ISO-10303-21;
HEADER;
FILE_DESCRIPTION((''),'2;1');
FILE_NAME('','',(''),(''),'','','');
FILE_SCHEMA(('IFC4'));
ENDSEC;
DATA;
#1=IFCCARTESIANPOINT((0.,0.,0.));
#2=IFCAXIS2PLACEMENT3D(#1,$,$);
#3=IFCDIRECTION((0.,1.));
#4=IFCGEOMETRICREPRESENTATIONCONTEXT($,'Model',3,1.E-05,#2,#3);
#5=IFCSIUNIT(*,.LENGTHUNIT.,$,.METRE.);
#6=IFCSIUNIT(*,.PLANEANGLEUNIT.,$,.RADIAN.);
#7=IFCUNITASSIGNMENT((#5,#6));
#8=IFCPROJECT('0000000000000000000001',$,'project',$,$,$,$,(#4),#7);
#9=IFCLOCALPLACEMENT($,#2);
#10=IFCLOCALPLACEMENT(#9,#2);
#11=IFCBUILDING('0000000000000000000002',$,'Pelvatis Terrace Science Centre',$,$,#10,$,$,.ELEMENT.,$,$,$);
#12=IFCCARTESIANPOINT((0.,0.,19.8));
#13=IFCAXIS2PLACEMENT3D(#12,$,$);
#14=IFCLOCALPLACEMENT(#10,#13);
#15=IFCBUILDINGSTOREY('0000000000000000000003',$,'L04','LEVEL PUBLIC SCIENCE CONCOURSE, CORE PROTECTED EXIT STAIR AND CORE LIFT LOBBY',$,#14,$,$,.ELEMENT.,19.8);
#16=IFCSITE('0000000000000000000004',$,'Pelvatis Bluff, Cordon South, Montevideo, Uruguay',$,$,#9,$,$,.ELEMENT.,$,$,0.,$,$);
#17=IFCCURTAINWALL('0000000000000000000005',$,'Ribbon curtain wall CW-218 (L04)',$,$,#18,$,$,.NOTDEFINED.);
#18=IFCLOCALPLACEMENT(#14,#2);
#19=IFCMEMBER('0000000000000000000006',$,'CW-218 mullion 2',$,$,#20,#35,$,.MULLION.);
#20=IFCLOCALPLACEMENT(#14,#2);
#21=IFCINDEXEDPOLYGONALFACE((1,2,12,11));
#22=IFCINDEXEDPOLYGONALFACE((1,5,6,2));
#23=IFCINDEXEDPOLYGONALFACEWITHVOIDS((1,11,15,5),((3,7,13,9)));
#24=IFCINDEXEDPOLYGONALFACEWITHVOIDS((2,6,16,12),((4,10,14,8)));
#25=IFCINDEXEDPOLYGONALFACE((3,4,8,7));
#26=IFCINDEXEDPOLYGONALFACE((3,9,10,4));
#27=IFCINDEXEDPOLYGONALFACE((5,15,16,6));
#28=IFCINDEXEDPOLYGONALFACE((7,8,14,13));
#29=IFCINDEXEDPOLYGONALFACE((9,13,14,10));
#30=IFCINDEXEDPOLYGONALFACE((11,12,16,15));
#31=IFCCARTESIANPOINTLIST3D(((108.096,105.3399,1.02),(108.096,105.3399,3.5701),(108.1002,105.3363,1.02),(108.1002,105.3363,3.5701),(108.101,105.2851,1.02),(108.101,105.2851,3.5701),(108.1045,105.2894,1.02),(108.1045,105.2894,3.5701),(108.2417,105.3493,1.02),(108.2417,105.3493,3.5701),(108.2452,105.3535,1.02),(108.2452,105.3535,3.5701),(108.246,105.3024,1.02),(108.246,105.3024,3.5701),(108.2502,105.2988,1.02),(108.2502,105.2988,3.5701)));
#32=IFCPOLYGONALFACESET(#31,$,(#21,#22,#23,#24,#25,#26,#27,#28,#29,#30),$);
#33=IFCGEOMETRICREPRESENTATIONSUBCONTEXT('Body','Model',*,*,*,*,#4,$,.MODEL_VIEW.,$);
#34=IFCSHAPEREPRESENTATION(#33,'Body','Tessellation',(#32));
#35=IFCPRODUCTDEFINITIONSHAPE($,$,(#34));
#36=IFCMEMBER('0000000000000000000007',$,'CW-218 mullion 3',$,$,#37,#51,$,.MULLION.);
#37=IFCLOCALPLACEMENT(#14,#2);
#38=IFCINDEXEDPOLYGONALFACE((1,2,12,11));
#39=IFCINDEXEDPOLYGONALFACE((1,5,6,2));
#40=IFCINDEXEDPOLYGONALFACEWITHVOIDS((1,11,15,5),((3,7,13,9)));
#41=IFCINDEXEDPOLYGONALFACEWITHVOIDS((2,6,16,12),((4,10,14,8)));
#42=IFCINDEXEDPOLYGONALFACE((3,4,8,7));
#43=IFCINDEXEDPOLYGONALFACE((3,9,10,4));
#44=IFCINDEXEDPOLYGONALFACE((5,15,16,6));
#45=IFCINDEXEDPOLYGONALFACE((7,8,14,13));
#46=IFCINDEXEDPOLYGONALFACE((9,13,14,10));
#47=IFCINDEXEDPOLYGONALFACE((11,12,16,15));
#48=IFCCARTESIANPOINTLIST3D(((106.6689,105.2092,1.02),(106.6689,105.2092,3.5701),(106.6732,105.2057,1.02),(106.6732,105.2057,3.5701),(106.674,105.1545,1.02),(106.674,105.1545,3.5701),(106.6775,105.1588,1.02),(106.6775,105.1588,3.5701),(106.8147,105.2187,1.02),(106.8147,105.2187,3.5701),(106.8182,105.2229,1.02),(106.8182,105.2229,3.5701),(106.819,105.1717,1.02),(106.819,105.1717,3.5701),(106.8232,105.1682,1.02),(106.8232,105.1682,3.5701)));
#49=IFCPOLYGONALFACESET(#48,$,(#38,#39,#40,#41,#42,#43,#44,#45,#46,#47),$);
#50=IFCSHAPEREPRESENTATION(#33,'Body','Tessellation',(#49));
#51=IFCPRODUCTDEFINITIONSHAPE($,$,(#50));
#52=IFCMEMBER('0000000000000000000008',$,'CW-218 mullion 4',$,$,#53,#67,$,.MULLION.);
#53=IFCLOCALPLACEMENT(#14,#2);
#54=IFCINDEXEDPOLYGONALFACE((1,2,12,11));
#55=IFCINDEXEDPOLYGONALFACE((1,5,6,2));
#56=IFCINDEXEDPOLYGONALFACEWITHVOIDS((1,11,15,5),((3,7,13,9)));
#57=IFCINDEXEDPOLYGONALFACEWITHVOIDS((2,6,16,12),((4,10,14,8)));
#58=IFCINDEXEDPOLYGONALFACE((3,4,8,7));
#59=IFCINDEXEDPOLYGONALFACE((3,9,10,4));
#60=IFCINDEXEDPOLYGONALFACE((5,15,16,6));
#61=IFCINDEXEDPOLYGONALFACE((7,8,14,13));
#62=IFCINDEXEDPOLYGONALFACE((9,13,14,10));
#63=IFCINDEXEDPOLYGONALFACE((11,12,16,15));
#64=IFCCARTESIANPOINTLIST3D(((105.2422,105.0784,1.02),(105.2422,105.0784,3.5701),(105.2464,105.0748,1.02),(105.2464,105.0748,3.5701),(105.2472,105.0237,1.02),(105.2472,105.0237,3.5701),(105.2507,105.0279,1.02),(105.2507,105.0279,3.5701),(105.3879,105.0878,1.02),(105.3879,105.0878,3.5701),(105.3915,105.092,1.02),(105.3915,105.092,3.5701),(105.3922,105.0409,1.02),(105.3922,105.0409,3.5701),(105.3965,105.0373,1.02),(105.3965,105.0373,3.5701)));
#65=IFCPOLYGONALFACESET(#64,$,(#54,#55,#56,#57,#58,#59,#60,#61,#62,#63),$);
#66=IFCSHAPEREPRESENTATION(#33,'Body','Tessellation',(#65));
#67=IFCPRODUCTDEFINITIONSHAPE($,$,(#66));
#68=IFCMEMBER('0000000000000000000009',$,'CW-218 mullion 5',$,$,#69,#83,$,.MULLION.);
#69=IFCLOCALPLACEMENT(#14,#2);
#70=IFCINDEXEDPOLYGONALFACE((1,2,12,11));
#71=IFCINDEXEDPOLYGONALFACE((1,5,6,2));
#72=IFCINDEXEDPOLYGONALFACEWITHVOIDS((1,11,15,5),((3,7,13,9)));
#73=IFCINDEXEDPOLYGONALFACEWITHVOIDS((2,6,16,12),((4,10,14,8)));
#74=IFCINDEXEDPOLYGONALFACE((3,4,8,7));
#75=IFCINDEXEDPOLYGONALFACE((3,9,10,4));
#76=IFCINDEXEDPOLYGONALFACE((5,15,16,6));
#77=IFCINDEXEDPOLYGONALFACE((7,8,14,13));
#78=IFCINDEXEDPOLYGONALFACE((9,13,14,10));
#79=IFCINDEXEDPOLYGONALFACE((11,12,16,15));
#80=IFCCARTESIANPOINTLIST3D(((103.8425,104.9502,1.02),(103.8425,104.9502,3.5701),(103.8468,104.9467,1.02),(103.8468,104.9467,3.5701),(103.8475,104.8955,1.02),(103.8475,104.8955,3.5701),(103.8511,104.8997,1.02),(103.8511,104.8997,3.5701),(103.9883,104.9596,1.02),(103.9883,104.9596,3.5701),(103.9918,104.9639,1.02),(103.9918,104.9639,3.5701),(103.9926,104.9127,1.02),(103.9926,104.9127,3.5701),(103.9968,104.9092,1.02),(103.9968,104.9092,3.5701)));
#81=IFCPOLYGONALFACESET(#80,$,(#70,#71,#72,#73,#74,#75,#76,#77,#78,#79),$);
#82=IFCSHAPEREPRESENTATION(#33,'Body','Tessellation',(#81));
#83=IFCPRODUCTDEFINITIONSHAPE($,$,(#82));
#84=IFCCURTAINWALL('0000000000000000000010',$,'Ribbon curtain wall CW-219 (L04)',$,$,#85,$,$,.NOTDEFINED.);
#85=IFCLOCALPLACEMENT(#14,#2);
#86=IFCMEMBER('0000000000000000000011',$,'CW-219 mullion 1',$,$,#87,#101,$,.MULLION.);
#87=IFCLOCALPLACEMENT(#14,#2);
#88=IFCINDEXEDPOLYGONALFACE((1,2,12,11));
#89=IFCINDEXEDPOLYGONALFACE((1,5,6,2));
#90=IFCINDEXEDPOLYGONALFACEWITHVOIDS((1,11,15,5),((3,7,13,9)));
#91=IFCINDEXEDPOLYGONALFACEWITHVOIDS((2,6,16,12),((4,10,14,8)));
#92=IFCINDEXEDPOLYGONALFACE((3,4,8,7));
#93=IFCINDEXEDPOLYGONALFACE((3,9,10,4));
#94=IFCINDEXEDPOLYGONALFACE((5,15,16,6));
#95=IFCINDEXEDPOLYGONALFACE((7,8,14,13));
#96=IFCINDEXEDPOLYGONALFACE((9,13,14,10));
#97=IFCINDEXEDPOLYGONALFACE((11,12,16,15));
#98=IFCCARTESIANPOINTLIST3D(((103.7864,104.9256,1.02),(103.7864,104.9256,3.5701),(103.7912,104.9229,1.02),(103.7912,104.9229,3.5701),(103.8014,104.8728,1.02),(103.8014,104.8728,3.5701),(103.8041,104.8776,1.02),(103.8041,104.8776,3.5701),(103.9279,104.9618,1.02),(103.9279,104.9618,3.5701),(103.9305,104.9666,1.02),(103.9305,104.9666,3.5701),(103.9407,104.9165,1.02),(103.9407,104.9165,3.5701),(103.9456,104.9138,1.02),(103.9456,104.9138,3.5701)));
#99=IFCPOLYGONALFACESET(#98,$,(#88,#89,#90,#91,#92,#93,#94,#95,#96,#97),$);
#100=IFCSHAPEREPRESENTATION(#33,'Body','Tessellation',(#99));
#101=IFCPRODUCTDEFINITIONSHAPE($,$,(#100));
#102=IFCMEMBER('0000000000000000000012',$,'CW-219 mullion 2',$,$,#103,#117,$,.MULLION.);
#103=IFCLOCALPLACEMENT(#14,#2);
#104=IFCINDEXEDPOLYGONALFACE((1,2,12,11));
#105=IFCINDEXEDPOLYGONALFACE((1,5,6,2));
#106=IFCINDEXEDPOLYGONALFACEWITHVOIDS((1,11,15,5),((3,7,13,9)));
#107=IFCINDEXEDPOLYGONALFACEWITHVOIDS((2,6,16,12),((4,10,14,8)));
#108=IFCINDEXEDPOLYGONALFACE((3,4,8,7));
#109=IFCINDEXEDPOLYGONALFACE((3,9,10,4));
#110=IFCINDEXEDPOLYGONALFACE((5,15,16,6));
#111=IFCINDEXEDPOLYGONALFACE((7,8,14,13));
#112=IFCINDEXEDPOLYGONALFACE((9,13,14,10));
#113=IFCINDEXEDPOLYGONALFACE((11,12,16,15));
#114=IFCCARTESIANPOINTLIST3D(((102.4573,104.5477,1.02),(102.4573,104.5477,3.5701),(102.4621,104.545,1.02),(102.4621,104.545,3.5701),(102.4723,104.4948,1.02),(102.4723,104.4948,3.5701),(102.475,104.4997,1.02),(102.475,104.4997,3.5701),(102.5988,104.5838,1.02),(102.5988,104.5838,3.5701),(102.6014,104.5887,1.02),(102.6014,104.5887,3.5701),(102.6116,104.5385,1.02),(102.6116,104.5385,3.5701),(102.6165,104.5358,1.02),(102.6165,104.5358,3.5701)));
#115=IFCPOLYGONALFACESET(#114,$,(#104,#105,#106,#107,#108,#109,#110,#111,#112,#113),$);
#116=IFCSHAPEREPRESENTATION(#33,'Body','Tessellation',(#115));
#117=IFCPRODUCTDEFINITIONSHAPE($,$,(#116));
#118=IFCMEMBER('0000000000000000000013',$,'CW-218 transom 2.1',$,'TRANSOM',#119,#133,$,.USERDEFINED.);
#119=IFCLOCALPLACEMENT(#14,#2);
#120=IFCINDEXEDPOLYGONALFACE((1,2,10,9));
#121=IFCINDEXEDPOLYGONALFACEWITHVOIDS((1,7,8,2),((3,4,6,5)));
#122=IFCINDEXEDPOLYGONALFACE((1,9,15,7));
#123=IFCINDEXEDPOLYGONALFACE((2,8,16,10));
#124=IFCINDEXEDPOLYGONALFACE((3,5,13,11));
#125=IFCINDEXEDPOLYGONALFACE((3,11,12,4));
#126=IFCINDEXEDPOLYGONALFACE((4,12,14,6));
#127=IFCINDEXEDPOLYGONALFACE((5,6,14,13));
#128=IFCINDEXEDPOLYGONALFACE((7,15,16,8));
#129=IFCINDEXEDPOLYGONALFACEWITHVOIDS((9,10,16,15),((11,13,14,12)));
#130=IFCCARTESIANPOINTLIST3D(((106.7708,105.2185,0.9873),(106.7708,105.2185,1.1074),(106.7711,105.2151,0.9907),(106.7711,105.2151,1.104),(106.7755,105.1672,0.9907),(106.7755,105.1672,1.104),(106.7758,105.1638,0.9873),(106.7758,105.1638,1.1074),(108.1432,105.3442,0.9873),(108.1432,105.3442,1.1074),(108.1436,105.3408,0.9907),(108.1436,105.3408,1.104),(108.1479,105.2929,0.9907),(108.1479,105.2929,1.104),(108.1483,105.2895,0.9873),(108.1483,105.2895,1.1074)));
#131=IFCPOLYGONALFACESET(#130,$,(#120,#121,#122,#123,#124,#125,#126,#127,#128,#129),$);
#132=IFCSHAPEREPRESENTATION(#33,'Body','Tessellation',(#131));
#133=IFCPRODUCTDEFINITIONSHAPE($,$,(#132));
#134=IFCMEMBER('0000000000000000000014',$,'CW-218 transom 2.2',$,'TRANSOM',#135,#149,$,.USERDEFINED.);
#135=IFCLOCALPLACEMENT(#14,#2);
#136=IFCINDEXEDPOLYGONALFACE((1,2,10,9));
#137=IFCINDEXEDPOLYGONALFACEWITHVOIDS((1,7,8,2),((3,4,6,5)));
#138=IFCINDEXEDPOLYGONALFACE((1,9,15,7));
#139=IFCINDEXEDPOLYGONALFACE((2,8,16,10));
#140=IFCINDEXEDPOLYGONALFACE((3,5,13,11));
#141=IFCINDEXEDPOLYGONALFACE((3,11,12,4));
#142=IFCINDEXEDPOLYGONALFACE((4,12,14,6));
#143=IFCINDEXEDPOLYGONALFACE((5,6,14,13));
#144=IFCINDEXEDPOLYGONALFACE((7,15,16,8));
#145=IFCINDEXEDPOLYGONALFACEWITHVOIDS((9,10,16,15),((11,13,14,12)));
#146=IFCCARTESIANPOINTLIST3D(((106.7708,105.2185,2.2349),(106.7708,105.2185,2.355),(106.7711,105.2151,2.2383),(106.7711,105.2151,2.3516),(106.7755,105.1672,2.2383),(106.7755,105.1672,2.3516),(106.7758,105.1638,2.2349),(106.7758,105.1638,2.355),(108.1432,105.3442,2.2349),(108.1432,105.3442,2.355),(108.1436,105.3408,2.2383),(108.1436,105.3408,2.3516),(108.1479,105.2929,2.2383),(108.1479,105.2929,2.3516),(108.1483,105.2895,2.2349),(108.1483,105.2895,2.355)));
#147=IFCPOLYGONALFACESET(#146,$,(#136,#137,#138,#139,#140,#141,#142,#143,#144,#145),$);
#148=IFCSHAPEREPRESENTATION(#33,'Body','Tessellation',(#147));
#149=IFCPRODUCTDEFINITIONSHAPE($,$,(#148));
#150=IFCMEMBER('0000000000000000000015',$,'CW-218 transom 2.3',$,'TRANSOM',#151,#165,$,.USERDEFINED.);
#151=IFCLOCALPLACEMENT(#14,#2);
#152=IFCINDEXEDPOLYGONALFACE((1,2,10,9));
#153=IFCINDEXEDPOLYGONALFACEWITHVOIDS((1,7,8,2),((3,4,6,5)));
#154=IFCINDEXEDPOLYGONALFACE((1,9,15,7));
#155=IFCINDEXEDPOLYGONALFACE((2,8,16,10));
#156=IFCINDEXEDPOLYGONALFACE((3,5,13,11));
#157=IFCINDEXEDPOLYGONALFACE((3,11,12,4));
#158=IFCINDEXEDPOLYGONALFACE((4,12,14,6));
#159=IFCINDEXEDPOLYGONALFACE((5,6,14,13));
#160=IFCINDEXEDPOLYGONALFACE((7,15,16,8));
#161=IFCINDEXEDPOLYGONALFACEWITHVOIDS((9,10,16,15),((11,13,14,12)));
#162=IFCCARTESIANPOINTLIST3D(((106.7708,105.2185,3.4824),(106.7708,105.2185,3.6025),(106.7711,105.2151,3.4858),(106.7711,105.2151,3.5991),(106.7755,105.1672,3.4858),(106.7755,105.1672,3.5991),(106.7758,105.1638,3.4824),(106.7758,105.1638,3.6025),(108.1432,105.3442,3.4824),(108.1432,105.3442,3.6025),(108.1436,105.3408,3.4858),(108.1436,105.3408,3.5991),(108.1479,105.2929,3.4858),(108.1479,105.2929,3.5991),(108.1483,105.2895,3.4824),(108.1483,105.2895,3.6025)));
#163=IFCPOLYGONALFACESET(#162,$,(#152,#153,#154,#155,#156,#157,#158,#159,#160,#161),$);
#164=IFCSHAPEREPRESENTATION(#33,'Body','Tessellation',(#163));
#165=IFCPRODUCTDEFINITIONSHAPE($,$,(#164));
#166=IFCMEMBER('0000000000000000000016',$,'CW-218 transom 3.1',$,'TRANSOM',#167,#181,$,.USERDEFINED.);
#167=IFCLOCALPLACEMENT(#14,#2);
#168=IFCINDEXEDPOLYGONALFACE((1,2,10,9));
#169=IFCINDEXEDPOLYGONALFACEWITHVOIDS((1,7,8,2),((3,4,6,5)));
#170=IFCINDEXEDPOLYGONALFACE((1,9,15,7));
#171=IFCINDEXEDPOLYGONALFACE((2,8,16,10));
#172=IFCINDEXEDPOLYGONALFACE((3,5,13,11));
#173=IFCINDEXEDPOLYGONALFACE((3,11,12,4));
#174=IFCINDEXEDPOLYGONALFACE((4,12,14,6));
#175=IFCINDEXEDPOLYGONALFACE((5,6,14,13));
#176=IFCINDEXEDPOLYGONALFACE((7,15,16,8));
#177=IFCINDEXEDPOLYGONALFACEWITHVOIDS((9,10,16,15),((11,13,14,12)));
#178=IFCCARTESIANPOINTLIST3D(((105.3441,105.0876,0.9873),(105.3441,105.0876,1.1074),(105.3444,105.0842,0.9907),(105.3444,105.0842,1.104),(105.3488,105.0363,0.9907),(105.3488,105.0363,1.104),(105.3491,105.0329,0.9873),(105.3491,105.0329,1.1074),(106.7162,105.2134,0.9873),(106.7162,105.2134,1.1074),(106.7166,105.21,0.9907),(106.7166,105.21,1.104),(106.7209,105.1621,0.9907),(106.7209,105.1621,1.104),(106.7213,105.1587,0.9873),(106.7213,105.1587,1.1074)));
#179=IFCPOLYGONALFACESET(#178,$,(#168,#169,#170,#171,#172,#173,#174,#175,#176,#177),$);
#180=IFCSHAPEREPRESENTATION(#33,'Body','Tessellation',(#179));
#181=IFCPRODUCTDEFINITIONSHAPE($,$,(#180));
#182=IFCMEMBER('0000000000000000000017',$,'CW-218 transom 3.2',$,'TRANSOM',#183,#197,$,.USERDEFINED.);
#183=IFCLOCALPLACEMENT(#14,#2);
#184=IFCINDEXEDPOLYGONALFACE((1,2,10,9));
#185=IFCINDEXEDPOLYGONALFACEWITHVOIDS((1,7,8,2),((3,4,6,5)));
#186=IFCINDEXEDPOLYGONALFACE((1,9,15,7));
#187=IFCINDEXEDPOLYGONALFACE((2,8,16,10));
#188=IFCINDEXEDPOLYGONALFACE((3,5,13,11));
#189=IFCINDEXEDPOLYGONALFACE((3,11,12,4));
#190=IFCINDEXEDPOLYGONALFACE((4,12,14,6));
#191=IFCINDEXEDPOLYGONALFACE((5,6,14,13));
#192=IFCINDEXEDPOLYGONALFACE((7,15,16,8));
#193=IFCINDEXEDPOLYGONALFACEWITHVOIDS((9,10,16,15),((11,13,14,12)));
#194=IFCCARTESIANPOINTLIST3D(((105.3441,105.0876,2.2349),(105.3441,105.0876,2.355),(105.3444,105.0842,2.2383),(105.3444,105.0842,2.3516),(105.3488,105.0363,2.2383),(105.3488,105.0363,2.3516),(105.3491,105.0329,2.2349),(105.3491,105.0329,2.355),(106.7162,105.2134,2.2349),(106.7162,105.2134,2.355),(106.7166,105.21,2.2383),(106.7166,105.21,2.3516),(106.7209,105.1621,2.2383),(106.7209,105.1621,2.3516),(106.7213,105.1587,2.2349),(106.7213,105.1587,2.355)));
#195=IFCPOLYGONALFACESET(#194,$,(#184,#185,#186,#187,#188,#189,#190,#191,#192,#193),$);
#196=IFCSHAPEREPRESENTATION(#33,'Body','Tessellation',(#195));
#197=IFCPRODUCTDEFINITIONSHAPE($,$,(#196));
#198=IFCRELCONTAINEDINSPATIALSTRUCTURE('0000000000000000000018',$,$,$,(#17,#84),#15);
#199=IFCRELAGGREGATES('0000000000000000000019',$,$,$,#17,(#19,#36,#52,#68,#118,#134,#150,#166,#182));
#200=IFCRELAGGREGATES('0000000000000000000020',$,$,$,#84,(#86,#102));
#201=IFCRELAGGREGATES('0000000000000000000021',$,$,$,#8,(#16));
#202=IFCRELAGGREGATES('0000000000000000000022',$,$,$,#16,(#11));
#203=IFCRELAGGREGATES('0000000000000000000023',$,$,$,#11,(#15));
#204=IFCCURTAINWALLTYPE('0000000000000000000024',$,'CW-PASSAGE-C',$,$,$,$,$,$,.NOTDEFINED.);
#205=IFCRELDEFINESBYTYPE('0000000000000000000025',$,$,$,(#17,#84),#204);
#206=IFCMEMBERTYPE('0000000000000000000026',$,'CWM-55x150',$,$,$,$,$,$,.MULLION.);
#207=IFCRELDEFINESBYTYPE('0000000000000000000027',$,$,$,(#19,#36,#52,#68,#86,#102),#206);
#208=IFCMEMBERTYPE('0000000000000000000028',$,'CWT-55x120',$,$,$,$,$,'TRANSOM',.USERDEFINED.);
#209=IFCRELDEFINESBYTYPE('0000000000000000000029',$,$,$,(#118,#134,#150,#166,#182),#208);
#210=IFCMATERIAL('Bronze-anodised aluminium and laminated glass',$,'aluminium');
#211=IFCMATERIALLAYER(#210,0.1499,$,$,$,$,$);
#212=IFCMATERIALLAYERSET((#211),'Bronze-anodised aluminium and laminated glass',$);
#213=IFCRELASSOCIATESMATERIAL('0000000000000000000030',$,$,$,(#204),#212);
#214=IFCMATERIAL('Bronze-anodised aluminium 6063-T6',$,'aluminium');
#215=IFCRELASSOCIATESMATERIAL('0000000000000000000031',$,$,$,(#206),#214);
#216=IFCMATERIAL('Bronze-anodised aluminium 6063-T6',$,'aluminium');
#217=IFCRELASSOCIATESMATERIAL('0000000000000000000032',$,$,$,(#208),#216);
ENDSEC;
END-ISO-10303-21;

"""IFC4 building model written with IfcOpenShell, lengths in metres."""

from ifc_helpers import new_model, si_unit, direction, frame, origin, origin_2d, place, context, subcontext, project, spatial, hollow_rectangle, extrude, material, layer, layer_set, material_profile, profile_set, type_object, element, aggregate, save


model = new_model("IFC4")

# Units and contexts
model_context = context("Model", 3, precision=1e-05, world=origin(), true_north=direction((0.0, 1.0)))
body_context = subcontext(model_context, "Body", "Model", "MODEL_VIEW")
ifc_project = project(units=[si_unit("LENGTHUNIT", "METRE"), si_unit("PLANEANGLEUNIT", "RADIAN")], contexts=[model_context])

# Site, building, storey
site_placement = place(None, origin())
site = spatial("IfcSite", under=ifc_project, at=site_placement, Name="Pelvatis Bluff, Cordon South, Montevideo, Uruguay", CompositionType="ELEMENT", RefElevation=0.0)
building_placement = place(site_placement, origin())
building = spatial("IfcBuilding", under=site, at=building_placement, Name="Pelvatis Terrace Science Centre", CompositionType="ELEMENT")
storey_placement = place(building_placement, frame((0.0, 0.0, 19.8)))
storey = spatial("IfcBuildingStorey", under=building, at=storey_placement, Name="L04", Description="LEVEL PUBLIC SCIENCE CONCOURSE, CORE PROTECTED EXIT STAIR AND CORE LIFT LOBBY", CompositionType="ELEMENT", Elevation=19.8)

# Curtain walls, members
ifc_material_1 = material(Name="Bronze-anodised aluminium and laminated glass", Category="aluminium")
ifc_layer_1 = layer(ifc_material_1, 0.1499)
ifc_layer_set_1 = layer_set([ifc_layer_1], Name="Bronze-anodised aluminium and laminated glass")
curtain_wall_type = type_object("IfcCurtainWallType", Name="CW-PASSAGE-C", PredefinedType="NOTDEFINED", material=ifc_layer_set_1)
curtain_wall_1_placement = place(storey_placement, origin())
curtain_wall_1 = element("IfcCurtainWall", 1, at=curtain_wall_1_placement, inside=storey, type_object=curtain_wall_type, Name="Ribbon curtain wall CW-218 (L04)", PredefinedType="NOTDEFINED")
ifc_material_2 = material(Name="Bronze-anodised aluminium 6063-T6", Category="aluminium")
ifc_material_profile_1 = material_profile(ifc_material_2, hollow_rectangle(XDim=0.0549, YDim=0.1499, WallThickness=0.0039, at=origin_2d()), Name="ALU-MUL 55x150")
ifc_profile_set_1 = profile_set([ifc_material_profile_1], Name="Bronze-anodised aluminium 6063-T6")
member_type_1 = type_object("IfcMemberType", Name="CWM-55x150", PredefinedType="MULLION", material=ifc_profile_set_1)
member_1_placement = place(storey_placement, frame((108.1731, 105.3193, 1.02), z_axis=(0.0, 0.0, 1.0), x_axis=(0.091214, -0.995831, 0.0)))
member_1 = element("IfcMember", 2, at=member_1_placement, type_object=member_type_1, Name="CW-218 mullion 2", PredefinedType="MULLION", context=body_context, shape_type="SweptSolid", body=[
    extrude(hollow_rectangle(XDim=0.0549, YDim=0.1499, WallThickness=0.0039, at=origin_2d()), origin(), (0.0, 0.0, 1.0), 2.55),
])
member_2_placement = place(storey_placement, frame((106.7461, 105.1887, 1.02), z_axis=(0.0, 0.0, 1.0), x_axis=(0.091214, -0.995831, 0.0)))
member_2 = element("IfcMember", 3, at=member_2_placement, type_object=member_type_1, Name="CW-218 mullion 3", PredefinedType="MULLION", context=body_context, shape_type="SweptSolid", body=[
    extrude(hollow_rectangle(XDim=0.0549, YDim=0.1499, WallThickness=0.0039, at=origin_2d()), origin(), (0.0, 0.0, 1.0), 2.55),
])
member_3_placement = place(storey_placement, frame((105.3193, 105.0579, 1.02), z_axis=(0.0, 0.0, 1.0), x_axis=(0.091214, -0.995831, 0.0)))
member_3 = element("IfcMember", 4, at=member_3_placement, type_object=member_type_1, Name="CW-218 mullion 4", PredefinedType="MULLION", context=body_context, shape_type="SweptSolid", body=[
    extrude(hollow_rectangle(XDim=0.0549, YDim=0.1499, WallThickness=0.0039, at=origin_2d()), origin(), (0.0, 0.0, 1.0), 2.55),
])
member_4_placement = place(storey_placement, frame((103.9197, 104.9297, 1.02), z_axis=(0.0, 0.0, 1.0), x_axis=(0.091214, -0.995831, 0.0)))
member_4 = element("IfcMember", 5, at=member_4_placement, type_object=member_type_1, Name="CW-218 mullion 5", PredefinedType="MULLION", context=body_context, shape_type="SweptSolid", body=[
    extrude(hollow_rectangle(XDim=0.0549, YDim=0.1499, WallThickness=0.0039, at=origin_2d()), origin(), (0.0, 0.0, 1.0), 2.55),
])
curtain_wall_2_placement = place(storey_placement, origin())
curtain_wall_2 = element("IfcCurtainWall", 6, at=curtain_wall_2_placement, inside=storey, type_object=curtain_wall_type, Name="Ribbon curtain wall CW-219 (L04)", PredefinedType="NOTDEFINED")
member_5_placement = place(storey_placement, frame((103.866, 104.9197, 1.02), z_axis=(0.0, 0.0, 1.0), x_axis=(0.273577, -0.96185, 0.0)))
member_5 = element("IfcMember", 7, at=member_5_placement, type_object=member_type_1, Name="CW-219 mullion 1", PredefinedType="MULLION", context=body_context, shape_type="SweptSolid", body=[
    extrude(hollow_rectangle(XDim=0.0549, YDim=0.1499, WallThickness=0.0039, at=origin_2d()), origin(), (0.0, 0.0, 1.0), 2.55),
])
member_6_placement = place(storey_placement, frame((102.5369, 104.5417, 1.02), z_axis=(0.0, 0.0, 1.0), x_axis=(0.273577, -0.96185, 0.0)))
member_6 = element("IfcMember", 8, at=member_6_placement, type_object=member_type_1, Name="CW-219 mullion 2", PredefinedType="MULLION", context=body_context, shape_type="SweptSolid", body=[
    extrude(hollow_rectangle(XDim=0.0549, YDim=0.1499, WallThickness=0.0039, at=origin_2d()), origin(), (0.0, 0.0, 1.0), 2.55),
])

# Members
ifc_material_3 = material(Name="Bronze-anodised aluminium 6063-T6", Category="aluminium")
ifc_material_profile_2 = material_profile(ifc_material_3, hollow_rectangle(XDim=0.0549, YDim=0.1201, WallThickness=0.0034, at=origin_2d()), Name="ALU-TRN 55x120")
ifc_profile_set_2 = profile_set([ifc_material_profile_2], Name="Bronze-anodised aluminium 6063-T6")
member_type_2 = type_object("IfcMemberType", Name="CWT-55x120", ElementType="TRANSOM", PredefinedType="USERDEFINED", material=ifc_profile_set_2)
member_7_placement = place(storey_placement, frame((108.1458, 105.3169, 1.0474), z_axis=(-0.995829, -0.091239, 0.0), x_axis=(0.091239, -0.995829, 0.0)))
member_7 = element("IfcMember", 9, at=member_7_placement, type_object=member_type_2, Name="CW-218 transom 2.1", ObjectType="TRANSOM", PredefinedType="USERDEFINED", context=body_context, shape_type="SweptSolid", body=[
    extrude(hollow_rectangle(XDim=0.0549, YDim=0.1201, WallThickness=0.0034, at=origin_2d()), origin(), (0.0, 0.0, 1.0), 1.3782),
])
member_8_placement = place(storey_placement, frame((108.1458, 105.3169, 2.2949), z_axis=(-0.995829, -0.091239, 0.0), x_axis=(0.091239, -0.995829, 0.0)))
member_8 = element("IfcMember", 10, at=member_8_placement, type_object=member_type_2, Name="CW-218 transom 2.2", ObjectType="TRANSOM", PredefinedType="USERDEFINED", context=body_context, shape_type="SweptSolid", body=[
    extrude(hollow_rectangle(XDim=0.0549, YDim=0.1201, WallThickness=0.0034, at=origin_2d()), origin(), (0.0, 0.0, 1.0), 1.3782),
])
member_9_placement = place(storey_placement, frame((108.1458, 105.3169, 3.5425), z_axis=(-0.995829, -0.091239, 0.0), x_axis=(0.091239, -0.995829, 0.0)))
member_9 = element("IfcMember", 11, at=member_9_placement, type_object=member_type_2, Name="CW-218 transom 2.3", ObjectType="TRANSOM", PredefinedType="USERDEFINED", context=body_context, shape_type="SweptSolid", body=[
    extrude(hollow_rectangle(XDim=0.0549, YDim=0.1201, WallThickness=0.0034, at=origin_2d()), origin(), (0.0, 0.0, 1.0), 1.3782),
])
member_10_placement = place(storey_placement, frame((106.7188, 105.186, 1.0474), z_axis=(-0.995828, -0.091255, 0.0), x_axis=(0.091255, -0.995828, 0.0)))
member_10 = element("IfcMember", 12, at=member_10_placement, type_object=member_type_2, Name="CW-218 transom 3.1", ObjectType="TRANSOM", PredefinedType="USERDEFINED", context=body_context, shape_type="SweptSolid", body=[
    extrude(hollow_rectangle(XDim=0.0549, YDim=0.1201, WallThickness=0.0034, at=origin_2d()), origin(), (0.0, 0.0, 1.0), 1.3779),
])
member_11_placement = place(storey_placement, frame((106.7188, 105.186, 2.2949), z_axis=(-0.995828, -0.091255, 0.0), x_axis=(0.091255, -0.995828, 0.0)))
member_11 = element("IfcMember", 13, at=member_11_placement, type_object=member_type_2, Name="CW-218 transom 3.2", ObjectType="TRANSOM", PredefinedType="USERDEFINED", context=body_context, shape_type="SweptSolid", body=[
    extrude(hollow_rectangle(XDim=0.0549, YDim=0.1201, WallThickness=0.0034, at=origin_2d()), origin(), (0.0, 0.0, 1.0), 1.3779),
])

aggregate(curtain_wall_1, [member_1, member_2, member_3, member_4, member_7, member_8, member_9, member_10, member_11])
aggregate(curtain_wall_2, [member_5, member_6])

save(model, "model.ifc")
